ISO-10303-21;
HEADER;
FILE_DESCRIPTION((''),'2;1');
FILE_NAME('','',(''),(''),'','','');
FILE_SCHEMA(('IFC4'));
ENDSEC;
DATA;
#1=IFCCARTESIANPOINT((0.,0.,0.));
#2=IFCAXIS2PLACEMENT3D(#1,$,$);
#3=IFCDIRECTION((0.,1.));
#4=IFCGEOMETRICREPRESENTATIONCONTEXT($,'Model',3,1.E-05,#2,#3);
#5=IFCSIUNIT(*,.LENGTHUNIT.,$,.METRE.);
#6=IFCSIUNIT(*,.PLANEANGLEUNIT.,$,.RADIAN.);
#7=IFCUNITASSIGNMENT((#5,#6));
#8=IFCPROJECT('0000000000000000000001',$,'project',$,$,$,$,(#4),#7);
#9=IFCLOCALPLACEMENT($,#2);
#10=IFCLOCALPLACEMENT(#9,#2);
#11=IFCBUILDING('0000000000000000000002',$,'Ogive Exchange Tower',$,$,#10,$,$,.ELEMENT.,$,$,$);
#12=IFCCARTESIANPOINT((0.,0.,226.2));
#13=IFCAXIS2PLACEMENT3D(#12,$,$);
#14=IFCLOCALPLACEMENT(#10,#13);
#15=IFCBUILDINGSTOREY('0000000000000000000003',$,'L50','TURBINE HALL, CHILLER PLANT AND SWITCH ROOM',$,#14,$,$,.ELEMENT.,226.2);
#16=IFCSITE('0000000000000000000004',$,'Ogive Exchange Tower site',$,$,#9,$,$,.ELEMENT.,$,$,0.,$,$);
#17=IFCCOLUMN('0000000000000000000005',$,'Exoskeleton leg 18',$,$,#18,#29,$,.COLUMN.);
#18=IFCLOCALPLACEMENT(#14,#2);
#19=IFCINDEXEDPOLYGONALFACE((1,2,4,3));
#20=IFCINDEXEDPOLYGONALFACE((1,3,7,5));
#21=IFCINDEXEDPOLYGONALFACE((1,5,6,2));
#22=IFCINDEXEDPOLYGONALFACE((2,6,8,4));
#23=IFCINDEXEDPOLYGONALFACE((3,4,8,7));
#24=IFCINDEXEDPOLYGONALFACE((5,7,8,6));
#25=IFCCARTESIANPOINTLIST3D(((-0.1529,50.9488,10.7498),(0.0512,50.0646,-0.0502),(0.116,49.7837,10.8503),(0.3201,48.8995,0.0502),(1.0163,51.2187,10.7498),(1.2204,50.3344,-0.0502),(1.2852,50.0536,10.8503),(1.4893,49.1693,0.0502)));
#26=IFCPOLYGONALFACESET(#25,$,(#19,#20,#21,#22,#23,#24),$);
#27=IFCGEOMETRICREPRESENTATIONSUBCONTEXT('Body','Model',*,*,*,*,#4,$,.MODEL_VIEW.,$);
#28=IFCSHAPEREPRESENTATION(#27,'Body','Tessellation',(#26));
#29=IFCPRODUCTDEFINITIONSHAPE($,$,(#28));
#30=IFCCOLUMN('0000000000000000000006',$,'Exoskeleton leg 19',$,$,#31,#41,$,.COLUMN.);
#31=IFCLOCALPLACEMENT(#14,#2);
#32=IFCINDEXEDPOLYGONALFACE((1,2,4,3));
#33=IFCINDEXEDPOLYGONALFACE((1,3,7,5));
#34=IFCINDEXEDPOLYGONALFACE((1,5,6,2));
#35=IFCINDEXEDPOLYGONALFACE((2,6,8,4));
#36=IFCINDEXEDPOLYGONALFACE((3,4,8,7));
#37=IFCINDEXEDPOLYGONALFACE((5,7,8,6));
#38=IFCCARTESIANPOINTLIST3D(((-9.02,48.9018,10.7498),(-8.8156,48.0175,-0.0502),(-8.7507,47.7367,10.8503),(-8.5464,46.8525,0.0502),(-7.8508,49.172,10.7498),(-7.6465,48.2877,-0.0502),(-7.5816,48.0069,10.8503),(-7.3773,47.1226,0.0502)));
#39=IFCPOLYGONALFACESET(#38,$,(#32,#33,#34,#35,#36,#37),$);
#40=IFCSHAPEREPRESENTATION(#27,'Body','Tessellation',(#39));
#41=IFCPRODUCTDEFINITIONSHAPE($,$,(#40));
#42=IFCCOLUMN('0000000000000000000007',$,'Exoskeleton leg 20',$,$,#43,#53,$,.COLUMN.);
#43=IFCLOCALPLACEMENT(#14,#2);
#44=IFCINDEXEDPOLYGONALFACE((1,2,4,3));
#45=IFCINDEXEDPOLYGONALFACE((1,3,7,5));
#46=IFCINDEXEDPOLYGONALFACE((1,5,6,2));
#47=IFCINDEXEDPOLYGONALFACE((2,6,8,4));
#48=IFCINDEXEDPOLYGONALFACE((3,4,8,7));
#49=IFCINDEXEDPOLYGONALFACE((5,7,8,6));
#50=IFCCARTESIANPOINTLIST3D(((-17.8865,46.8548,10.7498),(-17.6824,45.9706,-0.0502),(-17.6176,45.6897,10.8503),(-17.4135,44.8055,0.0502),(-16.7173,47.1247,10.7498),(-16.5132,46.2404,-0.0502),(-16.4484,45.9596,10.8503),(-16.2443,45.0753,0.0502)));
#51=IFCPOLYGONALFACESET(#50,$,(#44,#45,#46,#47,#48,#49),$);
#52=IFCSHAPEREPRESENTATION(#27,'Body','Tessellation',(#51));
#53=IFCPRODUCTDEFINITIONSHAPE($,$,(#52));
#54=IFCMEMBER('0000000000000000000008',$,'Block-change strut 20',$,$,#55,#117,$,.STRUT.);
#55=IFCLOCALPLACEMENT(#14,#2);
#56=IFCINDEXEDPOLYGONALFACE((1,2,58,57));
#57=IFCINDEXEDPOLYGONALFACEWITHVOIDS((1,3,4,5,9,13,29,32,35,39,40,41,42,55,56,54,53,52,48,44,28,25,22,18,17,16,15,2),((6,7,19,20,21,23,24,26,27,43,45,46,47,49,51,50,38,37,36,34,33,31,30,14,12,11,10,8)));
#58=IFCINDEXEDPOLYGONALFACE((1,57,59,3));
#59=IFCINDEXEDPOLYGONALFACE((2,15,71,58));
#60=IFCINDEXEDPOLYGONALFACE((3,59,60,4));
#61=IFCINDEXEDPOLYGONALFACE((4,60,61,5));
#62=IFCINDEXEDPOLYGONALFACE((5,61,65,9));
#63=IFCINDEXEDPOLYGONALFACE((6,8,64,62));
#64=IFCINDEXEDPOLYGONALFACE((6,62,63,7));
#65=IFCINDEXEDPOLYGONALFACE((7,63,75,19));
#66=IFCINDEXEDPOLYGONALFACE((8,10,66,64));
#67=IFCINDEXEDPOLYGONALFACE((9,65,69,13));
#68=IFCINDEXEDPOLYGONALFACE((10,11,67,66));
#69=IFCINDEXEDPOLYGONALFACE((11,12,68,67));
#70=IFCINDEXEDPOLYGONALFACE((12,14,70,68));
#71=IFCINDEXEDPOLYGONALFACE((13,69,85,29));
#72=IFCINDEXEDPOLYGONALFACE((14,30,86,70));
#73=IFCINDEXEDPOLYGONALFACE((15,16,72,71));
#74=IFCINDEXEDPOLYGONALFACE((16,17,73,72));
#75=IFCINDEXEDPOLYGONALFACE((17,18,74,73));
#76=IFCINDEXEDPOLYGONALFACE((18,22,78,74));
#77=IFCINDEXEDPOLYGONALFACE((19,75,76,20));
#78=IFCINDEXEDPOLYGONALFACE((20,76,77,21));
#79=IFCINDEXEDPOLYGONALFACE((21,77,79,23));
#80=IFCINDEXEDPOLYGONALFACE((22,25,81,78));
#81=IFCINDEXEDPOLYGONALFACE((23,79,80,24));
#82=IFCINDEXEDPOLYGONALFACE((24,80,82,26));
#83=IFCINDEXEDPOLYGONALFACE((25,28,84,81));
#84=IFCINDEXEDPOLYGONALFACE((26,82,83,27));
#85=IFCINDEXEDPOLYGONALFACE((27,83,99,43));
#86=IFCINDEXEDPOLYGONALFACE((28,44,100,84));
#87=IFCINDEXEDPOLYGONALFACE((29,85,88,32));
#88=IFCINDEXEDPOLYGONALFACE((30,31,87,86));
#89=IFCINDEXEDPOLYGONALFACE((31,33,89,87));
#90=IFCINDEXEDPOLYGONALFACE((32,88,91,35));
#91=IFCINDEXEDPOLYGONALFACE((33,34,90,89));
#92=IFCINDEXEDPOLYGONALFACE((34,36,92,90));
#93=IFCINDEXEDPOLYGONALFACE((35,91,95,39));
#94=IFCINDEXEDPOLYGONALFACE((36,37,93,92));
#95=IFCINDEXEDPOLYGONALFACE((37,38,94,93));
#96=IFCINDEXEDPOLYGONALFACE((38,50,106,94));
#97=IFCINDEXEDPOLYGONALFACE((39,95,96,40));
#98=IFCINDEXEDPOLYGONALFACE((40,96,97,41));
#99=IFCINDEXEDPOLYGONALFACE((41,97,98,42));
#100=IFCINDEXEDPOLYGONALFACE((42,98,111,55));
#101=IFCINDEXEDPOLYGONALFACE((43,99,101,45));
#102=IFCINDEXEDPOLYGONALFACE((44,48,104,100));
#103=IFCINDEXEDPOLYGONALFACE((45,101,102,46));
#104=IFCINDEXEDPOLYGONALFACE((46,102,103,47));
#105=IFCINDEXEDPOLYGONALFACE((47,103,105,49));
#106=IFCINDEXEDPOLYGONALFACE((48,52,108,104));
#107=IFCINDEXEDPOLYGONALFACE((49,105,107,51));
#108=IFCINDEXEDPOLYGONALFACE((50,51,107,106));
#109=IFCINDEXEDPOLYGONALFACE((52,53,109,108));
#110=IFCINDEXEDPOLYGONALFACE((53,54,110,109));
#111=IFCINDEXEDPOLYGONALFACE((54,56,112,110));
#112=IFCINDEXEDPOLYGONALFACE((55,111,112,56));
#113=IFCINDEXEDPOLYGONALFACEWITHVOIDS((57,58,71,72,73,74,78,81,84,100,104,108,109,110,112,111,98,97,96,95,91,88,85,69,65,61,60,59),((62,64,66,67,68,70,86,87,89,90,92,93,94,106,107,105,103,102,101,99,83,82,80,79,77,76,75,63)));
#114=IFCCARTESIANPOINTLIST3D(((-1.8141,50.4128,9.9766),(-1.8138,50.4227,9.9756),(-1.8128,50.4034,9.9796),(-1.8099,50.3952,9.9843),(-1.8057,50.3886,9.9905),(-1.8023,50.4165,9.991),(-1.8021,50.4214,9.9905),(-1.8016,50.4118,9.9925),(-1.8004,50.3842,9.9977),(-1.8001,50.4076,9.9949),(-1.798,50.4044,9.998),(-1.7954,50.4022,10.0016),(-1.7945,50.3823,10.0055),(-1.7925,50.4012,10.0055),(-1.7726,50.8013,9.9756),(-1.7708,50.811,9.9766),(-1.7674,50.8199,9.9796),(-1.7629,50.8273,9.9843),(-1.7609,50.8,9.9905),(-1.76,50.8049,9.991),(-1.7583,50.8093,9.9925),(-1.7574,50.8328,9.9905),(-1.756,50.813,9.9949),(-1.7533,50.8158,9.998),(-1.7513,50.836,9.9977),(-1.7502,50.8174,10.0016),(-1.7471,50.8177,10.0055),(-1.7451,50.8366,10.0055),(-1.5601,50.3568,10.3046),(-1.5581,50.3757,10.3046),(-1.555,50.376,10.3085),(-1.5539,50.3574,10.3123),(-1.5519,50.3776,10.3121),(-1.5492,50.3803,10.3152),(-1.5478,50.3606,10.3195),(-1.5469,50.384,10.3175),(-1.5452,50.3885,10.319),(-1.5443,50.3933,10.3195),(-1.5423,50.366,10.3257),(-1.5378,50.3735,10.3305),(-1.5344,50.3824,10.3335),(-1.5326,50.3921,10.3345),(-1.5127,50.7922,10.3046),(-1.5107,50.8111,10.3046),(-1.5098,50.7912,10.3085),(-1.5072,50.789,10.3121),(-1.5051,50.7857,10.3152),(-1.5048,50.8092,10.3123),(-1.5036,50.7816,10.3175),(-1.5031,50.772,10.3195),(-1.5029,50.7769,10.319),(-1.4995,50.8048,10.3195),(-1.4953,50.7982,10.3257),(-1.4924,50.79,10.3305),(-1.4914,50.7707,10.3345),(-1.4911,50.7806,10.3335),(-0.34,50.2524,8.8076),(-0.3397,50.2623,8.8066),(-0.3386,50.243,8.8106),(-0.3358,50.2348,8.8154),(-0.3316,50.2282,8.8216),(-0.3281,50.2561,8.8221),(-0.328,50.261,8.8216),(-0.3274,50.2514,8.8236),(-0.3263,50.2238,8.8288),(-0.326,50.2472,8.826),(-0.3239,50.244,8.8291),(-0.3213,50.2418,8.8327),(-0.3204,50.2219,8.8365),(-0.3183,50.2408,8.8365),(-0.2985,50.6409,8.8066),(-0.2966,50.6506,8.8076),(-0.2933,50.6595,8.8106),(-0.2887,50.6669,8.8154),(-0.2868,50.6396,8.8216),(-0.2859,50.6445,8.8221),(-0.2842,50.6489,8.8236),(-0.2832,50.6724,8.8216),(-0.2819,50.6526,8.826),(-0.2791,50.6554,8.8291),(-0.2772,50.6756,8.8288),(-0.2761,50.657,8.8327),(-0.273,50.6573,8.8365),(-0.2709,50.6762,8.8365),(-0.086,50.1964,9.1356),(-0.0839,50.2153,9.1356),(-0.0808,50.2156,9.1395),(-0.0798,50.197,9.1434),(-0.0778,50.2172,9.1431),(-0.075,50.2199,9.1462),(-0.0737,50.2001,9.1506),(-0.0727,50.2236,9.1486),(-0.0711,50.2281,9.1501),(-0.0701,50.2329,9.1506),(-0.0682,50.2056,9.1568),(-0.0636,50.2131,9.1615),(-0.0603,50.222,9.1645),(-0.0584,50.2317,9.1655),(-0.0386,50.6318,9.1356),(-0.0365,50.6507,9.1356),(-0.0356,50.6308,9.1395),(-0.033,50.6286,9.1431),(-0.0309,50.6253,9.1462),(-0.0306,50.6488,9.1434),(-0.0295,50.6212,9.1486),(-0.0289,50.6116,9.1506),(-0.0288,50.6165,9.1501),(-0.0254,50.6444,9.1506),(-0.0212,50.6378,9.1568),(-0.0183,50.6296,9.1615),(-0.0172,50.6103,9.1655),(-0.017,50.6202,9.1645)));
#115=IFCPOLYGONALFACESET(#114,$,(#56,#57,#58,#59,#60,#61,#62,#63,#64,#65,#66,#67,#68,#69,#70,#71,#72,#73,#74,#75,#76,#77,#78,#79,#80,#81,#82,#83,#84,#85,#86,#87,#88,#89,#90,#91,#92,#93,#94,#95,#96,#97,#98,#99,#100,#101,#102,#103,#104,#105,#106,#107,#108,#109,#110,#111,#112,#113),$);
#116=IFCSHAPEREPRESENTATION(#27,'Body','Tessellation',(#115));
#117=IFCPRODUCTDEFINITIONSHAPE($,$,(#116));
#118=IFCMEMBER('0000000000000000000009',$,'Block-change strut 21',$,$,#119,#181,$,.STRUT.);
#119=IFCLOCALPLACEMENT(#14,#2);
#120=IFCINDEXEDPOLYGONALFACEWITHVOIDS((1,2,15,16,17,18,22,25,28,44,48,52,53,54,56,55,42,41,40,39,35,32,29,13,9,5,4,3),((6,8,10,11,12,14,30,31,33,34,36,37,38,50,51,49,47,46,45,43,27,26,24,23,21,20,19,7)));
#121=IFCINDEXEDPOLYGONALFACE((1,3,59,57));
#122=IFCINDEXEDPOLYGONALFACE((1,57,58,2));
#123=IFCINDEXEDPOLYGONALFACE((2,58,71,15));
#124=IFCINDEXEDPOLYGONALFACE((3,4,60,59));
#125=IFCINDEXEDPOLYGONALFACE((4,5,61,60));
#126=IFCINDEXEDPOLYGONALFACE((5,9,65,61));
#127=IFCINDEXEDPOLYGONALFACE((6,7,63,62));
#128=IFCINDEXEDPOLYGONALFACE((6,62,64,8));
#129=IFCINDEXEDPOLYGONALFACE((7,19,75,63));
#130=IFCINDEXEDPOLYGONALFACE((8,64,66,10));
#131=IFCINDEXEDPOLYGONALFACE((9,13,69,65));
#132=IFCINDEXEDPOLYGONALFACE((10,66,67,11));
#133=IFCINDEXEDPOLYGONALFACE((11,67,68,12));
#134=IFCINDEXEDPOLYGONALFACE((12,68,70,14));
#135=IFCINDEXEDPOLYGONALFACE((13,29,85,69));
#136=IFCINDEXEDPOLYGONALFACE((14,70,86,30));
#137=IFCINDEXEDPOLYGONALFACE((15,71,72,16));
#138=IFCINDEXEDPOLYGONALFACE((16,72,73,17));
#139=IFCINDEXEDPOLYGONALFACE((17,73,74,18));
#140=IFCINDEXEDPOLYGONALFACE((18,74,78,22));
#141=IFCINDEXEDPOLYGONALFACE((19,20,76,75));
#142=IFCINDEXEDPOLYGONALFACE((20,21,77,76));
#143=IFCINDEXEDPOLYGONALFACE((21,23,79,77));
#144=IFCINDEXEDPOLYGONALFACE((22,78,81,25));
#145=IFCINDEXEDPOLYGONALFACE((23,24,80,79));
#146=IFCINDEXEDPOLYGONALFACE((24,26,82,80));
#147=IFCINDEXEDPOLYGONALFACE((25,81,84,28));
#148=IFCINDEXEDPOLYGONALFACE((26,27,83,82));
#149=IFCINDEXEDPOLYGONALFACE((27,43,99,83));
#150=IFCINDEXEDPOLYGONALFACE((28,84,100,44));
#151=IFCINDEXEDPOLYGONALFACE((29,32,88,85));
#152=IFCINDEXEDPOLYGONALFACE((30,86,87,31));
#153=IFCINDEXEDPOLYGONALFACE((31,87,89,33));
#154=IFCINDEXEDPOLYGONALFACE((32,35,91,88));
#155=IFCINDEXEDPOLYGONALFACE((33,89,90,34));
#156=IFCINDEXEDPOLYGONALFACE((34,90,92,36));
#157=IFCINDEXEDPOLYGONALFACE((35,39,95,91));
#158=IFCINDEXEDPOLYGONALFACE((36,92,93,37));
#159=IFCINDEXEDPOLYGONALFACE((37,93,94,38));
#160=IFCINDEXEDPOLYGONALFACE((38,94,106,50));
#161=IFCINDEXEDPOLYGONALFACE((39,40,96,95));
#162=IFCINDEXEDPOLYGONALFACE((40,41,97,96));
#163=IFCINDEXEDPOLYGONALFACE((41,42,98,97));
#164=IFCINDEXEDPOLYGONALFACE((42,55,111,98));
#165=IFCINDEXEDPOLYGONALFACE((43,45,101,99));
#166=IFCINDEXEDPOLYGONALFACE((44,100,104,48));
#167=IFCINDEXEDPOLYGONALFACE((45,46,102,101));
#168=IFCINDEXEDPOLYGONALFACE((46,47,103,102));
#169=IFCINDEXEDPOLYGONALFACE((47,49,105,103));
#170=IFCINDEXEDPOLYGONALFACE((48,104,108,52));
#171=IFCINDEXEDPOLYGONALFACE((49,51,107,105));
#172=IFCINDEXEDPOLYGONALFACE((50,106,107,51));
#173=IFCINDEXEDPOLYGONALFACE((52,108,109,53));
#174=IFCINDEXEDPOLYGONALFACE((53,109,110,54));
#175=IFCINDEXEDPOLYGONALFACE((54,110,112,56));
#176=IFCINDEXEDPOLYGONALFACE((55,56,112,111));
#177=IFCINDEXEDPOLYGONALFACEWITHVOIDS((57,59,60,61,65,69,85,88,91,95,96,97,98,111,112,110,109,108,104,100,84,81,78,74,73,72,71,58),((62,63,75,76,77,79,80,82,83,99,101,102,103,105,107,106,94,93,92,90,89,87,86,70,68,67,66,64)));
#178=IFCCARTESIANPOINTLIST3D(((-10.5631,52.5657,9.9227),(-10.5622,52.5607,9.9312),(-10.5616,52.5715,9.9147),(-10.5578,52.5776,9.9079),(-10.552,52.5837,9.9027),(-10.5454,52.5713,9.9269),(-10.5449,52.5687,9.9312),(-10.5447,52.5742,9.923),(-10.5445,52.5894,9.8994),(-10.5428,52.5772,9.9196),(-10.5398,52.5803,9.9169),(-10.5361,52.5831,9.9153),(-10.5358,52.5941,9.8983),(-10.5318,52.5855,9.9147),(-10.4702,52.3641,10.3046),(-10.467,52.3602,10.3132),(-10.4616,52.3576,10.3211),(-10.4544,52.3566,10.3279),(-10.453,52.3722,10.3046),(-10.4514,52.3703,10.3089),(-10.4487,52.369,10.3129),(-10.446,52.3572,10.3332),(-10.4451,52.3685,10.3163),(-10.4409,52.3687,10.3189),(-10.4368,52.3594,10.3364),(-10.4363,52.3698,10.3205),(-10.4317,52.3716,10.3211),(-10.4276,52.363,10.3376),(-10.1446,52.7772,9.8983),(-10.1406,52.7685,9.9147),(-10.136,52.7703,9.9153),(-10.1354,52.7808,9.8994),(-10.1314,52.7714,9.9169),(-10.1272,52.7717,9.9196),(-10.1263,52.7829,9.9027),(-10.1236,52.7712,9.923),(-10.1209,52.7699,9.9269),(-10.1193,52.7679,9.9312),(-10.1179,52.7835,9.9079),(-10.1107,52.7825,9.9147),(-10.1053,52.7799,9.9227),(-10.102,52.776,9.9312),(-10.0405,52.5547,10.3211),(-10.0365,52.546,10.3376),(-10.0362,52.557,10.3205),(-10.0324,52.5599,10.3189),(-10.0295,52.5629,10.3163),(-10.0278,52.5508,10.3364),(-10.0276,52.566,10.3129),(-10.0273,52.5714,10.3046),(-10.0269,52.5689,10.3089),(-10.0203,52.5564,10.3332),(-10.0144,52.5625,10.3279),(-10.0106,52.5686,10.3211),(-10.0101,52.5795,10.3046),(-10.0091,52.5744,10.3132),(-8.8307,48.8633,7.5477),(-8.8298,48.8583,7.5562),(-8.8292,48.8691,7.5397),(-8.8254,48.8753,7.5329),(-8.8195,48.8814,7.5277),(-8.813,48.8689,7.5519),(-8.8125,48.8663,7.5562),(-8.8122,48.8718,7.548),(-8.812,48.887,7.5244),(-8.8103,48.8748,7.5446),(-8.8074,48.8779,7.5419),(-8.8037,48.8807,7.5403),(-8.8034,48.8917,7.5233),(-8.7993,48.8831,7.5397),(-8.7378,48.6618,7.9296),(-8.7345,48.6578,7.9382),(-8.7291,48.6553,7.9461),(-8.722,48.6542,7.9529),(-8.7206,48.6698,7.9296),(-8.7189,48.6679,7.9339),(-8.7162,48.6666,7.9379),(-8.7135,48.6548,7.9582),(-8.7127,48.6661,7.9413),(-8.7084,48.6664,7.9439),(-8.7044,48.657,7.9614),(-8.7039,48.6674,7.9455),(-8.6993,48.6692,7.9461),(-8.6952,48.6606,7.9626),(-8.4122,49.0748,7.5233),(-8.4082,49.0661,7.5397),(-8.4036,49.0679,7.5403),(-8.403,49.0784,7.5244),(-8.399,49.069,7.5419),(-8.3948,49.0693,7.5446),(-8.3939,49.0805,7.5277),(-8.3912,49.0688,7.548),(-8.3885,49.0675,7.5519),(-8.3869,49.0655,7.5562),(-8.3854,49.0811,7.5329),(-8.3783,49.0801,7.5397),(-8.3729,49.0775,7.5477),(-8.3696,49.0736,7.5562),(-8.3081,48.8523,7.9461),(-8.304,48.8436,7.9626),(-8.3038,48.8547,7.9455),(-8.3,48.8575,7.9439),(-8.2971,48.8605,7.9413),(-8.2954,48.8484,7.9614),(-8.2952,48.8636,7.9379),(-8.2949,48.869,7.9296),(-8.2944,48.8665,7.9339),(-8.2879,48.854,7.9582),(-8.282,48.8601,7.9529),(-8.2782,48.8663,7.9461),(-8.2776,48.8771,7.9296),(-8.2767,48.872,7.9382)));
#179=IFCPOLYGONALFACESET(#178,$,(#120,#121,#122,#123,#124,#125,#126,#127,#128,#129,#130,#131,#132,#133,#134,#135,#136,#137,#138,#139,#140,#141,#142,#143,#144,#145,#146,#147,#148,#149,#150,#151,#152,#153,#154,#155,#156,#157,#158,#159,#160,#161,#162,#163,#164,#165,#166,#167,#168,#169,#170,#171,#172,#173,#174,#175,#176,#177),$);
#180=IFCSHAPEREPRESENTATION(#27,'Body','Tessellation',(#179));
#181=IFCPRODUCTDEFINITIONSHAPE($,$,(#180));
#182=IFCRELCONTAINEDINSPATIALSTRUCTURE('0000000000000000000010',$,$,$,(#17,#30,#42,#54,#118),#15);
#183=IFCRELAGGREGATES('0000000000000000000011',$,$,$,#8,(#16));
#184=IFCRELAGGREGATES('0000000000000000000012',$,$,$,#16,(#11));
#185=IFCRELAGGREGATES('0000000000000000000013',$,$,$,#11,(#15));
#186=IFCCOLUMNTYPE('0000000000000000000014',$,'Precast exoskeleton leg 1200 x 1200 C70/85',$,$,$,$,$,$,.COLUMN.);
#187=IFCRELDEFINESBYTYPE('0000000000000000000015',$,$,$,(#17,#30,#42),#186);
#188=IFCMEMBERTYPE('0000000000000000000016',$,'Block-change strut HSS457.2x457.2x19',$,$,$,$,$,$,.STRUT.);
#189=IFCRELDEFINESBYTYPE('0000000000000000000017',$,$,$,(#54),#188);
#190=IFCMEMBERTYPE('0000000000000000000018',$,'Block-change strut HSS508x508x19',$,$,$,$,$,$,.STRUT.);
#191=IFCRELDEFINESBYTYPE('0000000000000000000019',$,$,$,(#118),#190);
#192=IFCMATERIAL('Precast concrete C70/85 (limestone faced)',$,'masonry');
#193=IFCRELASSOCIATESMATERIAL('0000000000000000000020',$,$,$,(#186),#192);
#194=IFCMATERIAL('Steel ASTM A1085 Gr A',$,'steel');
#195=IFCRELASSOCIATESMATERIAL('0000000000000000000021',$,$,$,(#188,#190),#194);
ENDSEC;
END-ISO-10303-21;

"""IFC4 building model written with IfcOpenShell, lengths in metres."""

from ifc_helpers import new_model, si_unit, direction, frame, origin, origin_2d, place, context, subcontext, project, spatial, rectangle, hollow_rectangle, extrude, material, material_profile, profile_set, type_object, element, save


model = new_model("IFC4")

# Units and contexts
model_context = context("Model", 3, precision=1e-05, world=origin(), true_north=direction((0.0, 1.0)))
body_context = subcontext(model_context, "Body", "Model", "MODEL_VIEW")
ifc_project = project(units=[si_unit("LENGTHUNIT", "METRE"), si_unit("PLANEANGLEUNIT", "RADIAN")], contexts=[model_context])

# Site, building, storey
site_placement = place(None, origin())
site = spatial("IfcSite", under=ifc_project, at=site_placement, Name="Ogive Exchange Tower site", CompositionType="ELEMENT", RefElevation=0.0)
building_placement = place(site_placement, origin())
building = spatial("IfcBuilding", under=site, at=building_placement, Name="Ogive Exchange Tower", CompositionType="ELEMENT")
storey_placement = place(building_placement, frame((0.0, 0.0, 226.2)))
storey = spatial("IfcBuildingStorey", under=building, at=storey_placement, Name="L50", Description="TURBINE HALL, CHILLER PLANT AND SWITCH ROOM", CompositionType="ELEMENT", Elevation=226.2)

# Columns
ifc_material_1 = material(Name="Precast concrete C70/85 (limestone faced)", Category="masonry")
ifc_material_profile_1 = material_profile(ifc_material_1, rectangle(XDim=1.2, YDim=1.2, at=origin_2d()), Name="1200 x 1200")
ifc_profile_set_1 = profile_set([ifc_material_profile_1], Name="Precast concrete C70/85 (limestone faced)")
column_type = type_object("IfcColumnType", Name="Precast exoskeleton leg 1200 x 1200 C70/85", PredefinedType="COLUMN", material=ifc_profile_set_1)
for number, where, z_axis, x_axis, name in (
    (1, (0.7703, 49.6169, 0.0), (-0.018832, 0.08159, 0.996488), (-0.974382, -0.224899, 0.0), "Exoskeleton leg 18"),
    (2, (-8.0964, 47.5701, 0.0), (-0.018854, 0.08159, 0.996488), (-0.974323, -0.225154, 0.0), "Exoskeleton leg 19"),
    (3, (-16.9634, 45.5229, 0.0), (-0.018832, 0.08159, 0.996488), (-0.974382, -0.224899, 0.0), "Exoskeleton leg 20"),
):
    element("IfcColumn", number, at=place(storey_placement, frame(where, z_axis=z_axis, x_axis=x_axis)), inside=storey, type_object=column_type, Name=name, PredefinedType="COLUMN", context=body_context, shape_type="SweptSolid", body=[
        extrude(rectangle(XDim=1.2, YDim=1.2, at=origin_2d()), origin(), (0.0, 0.0, 1.0), 10.8381),
    ])

# Members
ifc_material_2 = material(Name="Steel ASTM A1085 Gr A", Category="steel")
ifc_material_profile_2 = material_profile(ifc_material_2, hollow_rectangle(XDim=0.457, YDim=0.457, WallThickness=0.019, InnerFilletRadius=0.019, OuterFilletRadius=0.0381, at=origin_2d()), Name="HSS457.2x457.2x19")
ifc_profile_set_2 = profile_set([ifc_material_profile_2], Name="Steel ASTM A1085 Gr A")
member_type_1 = type_object("IfcMemberType", Name="Block-change strut HSS457.2x457.2x19", PredefinedType="STRUT", material=ifc_profile_set_2)
member_1_placement = place(storey_placement, frame((-0.1785, 50.4363, 8.9861), z_axis=(-0.780713, 0.08495, 0.619088), x_axis=(-0.108172, -0.994132, 0.0)))
element("IfcMember", 4, at=member_1_placement, inside=storey, type_object=member_type_1, Name="Block-change strut 20", PredefinedType="STRUT", context=body_context, shape_type="SweptSolid", body=[
    extrude(hollow_rectangle(XDim=0.457, YDim=0.457, WallThickness=0.019, InnerFilletRadius=0.019, OuterFilletRadius=0.0381, at=origin_2d()), origin(), (0.0, 0.0, 1.0), 1.8882),
])
ifc_material_profile_3 = material_profile(ifc_material_2, hollow_rectangle(XDim=0.5081, YDim=0.5081, WallThickness=0.019, InnerFilletRadius=0.019, OuterFilletRadius=0.0381, at=origin_2d()), Name="HSS508x508x19")
ifc_profile_set_3 = profile_set([ifc_material_profile_3], Name="Steel ASTM A1085 Gr A")
member_type_2 = type_object("IfcMemberType", Name="Block-change strut HSS508x508x19", PredefinedType="STRUT", material=ifc_profile_set_3)
member_2_placement = place(storey_placement, frame((-8.5537, 48.8677, 7.7429), z_axis=(-0.366453, 0.783154, 0.502376), x_axis=(-0.905748, -0.423817, 0.0)))
element("IfcMember", 5, at=member_2_placement, inside=storey, type_object=member_type_2, Name="Block-change strut 21", PredefinedType="STRUT", context=body_context, shape_type="SweptSolid", body=[
    extrude(hollow_rectangle(XDim=0.5081, YDim=0.5081, WallThickness=0.019, InnerFilletRadius=0.019, OuterFilletRadius=0.0381, at=origin_2d()), origin(), (0.0, 0.0, 1.0), 4.7275),
])

save(model, "model.ifc")
